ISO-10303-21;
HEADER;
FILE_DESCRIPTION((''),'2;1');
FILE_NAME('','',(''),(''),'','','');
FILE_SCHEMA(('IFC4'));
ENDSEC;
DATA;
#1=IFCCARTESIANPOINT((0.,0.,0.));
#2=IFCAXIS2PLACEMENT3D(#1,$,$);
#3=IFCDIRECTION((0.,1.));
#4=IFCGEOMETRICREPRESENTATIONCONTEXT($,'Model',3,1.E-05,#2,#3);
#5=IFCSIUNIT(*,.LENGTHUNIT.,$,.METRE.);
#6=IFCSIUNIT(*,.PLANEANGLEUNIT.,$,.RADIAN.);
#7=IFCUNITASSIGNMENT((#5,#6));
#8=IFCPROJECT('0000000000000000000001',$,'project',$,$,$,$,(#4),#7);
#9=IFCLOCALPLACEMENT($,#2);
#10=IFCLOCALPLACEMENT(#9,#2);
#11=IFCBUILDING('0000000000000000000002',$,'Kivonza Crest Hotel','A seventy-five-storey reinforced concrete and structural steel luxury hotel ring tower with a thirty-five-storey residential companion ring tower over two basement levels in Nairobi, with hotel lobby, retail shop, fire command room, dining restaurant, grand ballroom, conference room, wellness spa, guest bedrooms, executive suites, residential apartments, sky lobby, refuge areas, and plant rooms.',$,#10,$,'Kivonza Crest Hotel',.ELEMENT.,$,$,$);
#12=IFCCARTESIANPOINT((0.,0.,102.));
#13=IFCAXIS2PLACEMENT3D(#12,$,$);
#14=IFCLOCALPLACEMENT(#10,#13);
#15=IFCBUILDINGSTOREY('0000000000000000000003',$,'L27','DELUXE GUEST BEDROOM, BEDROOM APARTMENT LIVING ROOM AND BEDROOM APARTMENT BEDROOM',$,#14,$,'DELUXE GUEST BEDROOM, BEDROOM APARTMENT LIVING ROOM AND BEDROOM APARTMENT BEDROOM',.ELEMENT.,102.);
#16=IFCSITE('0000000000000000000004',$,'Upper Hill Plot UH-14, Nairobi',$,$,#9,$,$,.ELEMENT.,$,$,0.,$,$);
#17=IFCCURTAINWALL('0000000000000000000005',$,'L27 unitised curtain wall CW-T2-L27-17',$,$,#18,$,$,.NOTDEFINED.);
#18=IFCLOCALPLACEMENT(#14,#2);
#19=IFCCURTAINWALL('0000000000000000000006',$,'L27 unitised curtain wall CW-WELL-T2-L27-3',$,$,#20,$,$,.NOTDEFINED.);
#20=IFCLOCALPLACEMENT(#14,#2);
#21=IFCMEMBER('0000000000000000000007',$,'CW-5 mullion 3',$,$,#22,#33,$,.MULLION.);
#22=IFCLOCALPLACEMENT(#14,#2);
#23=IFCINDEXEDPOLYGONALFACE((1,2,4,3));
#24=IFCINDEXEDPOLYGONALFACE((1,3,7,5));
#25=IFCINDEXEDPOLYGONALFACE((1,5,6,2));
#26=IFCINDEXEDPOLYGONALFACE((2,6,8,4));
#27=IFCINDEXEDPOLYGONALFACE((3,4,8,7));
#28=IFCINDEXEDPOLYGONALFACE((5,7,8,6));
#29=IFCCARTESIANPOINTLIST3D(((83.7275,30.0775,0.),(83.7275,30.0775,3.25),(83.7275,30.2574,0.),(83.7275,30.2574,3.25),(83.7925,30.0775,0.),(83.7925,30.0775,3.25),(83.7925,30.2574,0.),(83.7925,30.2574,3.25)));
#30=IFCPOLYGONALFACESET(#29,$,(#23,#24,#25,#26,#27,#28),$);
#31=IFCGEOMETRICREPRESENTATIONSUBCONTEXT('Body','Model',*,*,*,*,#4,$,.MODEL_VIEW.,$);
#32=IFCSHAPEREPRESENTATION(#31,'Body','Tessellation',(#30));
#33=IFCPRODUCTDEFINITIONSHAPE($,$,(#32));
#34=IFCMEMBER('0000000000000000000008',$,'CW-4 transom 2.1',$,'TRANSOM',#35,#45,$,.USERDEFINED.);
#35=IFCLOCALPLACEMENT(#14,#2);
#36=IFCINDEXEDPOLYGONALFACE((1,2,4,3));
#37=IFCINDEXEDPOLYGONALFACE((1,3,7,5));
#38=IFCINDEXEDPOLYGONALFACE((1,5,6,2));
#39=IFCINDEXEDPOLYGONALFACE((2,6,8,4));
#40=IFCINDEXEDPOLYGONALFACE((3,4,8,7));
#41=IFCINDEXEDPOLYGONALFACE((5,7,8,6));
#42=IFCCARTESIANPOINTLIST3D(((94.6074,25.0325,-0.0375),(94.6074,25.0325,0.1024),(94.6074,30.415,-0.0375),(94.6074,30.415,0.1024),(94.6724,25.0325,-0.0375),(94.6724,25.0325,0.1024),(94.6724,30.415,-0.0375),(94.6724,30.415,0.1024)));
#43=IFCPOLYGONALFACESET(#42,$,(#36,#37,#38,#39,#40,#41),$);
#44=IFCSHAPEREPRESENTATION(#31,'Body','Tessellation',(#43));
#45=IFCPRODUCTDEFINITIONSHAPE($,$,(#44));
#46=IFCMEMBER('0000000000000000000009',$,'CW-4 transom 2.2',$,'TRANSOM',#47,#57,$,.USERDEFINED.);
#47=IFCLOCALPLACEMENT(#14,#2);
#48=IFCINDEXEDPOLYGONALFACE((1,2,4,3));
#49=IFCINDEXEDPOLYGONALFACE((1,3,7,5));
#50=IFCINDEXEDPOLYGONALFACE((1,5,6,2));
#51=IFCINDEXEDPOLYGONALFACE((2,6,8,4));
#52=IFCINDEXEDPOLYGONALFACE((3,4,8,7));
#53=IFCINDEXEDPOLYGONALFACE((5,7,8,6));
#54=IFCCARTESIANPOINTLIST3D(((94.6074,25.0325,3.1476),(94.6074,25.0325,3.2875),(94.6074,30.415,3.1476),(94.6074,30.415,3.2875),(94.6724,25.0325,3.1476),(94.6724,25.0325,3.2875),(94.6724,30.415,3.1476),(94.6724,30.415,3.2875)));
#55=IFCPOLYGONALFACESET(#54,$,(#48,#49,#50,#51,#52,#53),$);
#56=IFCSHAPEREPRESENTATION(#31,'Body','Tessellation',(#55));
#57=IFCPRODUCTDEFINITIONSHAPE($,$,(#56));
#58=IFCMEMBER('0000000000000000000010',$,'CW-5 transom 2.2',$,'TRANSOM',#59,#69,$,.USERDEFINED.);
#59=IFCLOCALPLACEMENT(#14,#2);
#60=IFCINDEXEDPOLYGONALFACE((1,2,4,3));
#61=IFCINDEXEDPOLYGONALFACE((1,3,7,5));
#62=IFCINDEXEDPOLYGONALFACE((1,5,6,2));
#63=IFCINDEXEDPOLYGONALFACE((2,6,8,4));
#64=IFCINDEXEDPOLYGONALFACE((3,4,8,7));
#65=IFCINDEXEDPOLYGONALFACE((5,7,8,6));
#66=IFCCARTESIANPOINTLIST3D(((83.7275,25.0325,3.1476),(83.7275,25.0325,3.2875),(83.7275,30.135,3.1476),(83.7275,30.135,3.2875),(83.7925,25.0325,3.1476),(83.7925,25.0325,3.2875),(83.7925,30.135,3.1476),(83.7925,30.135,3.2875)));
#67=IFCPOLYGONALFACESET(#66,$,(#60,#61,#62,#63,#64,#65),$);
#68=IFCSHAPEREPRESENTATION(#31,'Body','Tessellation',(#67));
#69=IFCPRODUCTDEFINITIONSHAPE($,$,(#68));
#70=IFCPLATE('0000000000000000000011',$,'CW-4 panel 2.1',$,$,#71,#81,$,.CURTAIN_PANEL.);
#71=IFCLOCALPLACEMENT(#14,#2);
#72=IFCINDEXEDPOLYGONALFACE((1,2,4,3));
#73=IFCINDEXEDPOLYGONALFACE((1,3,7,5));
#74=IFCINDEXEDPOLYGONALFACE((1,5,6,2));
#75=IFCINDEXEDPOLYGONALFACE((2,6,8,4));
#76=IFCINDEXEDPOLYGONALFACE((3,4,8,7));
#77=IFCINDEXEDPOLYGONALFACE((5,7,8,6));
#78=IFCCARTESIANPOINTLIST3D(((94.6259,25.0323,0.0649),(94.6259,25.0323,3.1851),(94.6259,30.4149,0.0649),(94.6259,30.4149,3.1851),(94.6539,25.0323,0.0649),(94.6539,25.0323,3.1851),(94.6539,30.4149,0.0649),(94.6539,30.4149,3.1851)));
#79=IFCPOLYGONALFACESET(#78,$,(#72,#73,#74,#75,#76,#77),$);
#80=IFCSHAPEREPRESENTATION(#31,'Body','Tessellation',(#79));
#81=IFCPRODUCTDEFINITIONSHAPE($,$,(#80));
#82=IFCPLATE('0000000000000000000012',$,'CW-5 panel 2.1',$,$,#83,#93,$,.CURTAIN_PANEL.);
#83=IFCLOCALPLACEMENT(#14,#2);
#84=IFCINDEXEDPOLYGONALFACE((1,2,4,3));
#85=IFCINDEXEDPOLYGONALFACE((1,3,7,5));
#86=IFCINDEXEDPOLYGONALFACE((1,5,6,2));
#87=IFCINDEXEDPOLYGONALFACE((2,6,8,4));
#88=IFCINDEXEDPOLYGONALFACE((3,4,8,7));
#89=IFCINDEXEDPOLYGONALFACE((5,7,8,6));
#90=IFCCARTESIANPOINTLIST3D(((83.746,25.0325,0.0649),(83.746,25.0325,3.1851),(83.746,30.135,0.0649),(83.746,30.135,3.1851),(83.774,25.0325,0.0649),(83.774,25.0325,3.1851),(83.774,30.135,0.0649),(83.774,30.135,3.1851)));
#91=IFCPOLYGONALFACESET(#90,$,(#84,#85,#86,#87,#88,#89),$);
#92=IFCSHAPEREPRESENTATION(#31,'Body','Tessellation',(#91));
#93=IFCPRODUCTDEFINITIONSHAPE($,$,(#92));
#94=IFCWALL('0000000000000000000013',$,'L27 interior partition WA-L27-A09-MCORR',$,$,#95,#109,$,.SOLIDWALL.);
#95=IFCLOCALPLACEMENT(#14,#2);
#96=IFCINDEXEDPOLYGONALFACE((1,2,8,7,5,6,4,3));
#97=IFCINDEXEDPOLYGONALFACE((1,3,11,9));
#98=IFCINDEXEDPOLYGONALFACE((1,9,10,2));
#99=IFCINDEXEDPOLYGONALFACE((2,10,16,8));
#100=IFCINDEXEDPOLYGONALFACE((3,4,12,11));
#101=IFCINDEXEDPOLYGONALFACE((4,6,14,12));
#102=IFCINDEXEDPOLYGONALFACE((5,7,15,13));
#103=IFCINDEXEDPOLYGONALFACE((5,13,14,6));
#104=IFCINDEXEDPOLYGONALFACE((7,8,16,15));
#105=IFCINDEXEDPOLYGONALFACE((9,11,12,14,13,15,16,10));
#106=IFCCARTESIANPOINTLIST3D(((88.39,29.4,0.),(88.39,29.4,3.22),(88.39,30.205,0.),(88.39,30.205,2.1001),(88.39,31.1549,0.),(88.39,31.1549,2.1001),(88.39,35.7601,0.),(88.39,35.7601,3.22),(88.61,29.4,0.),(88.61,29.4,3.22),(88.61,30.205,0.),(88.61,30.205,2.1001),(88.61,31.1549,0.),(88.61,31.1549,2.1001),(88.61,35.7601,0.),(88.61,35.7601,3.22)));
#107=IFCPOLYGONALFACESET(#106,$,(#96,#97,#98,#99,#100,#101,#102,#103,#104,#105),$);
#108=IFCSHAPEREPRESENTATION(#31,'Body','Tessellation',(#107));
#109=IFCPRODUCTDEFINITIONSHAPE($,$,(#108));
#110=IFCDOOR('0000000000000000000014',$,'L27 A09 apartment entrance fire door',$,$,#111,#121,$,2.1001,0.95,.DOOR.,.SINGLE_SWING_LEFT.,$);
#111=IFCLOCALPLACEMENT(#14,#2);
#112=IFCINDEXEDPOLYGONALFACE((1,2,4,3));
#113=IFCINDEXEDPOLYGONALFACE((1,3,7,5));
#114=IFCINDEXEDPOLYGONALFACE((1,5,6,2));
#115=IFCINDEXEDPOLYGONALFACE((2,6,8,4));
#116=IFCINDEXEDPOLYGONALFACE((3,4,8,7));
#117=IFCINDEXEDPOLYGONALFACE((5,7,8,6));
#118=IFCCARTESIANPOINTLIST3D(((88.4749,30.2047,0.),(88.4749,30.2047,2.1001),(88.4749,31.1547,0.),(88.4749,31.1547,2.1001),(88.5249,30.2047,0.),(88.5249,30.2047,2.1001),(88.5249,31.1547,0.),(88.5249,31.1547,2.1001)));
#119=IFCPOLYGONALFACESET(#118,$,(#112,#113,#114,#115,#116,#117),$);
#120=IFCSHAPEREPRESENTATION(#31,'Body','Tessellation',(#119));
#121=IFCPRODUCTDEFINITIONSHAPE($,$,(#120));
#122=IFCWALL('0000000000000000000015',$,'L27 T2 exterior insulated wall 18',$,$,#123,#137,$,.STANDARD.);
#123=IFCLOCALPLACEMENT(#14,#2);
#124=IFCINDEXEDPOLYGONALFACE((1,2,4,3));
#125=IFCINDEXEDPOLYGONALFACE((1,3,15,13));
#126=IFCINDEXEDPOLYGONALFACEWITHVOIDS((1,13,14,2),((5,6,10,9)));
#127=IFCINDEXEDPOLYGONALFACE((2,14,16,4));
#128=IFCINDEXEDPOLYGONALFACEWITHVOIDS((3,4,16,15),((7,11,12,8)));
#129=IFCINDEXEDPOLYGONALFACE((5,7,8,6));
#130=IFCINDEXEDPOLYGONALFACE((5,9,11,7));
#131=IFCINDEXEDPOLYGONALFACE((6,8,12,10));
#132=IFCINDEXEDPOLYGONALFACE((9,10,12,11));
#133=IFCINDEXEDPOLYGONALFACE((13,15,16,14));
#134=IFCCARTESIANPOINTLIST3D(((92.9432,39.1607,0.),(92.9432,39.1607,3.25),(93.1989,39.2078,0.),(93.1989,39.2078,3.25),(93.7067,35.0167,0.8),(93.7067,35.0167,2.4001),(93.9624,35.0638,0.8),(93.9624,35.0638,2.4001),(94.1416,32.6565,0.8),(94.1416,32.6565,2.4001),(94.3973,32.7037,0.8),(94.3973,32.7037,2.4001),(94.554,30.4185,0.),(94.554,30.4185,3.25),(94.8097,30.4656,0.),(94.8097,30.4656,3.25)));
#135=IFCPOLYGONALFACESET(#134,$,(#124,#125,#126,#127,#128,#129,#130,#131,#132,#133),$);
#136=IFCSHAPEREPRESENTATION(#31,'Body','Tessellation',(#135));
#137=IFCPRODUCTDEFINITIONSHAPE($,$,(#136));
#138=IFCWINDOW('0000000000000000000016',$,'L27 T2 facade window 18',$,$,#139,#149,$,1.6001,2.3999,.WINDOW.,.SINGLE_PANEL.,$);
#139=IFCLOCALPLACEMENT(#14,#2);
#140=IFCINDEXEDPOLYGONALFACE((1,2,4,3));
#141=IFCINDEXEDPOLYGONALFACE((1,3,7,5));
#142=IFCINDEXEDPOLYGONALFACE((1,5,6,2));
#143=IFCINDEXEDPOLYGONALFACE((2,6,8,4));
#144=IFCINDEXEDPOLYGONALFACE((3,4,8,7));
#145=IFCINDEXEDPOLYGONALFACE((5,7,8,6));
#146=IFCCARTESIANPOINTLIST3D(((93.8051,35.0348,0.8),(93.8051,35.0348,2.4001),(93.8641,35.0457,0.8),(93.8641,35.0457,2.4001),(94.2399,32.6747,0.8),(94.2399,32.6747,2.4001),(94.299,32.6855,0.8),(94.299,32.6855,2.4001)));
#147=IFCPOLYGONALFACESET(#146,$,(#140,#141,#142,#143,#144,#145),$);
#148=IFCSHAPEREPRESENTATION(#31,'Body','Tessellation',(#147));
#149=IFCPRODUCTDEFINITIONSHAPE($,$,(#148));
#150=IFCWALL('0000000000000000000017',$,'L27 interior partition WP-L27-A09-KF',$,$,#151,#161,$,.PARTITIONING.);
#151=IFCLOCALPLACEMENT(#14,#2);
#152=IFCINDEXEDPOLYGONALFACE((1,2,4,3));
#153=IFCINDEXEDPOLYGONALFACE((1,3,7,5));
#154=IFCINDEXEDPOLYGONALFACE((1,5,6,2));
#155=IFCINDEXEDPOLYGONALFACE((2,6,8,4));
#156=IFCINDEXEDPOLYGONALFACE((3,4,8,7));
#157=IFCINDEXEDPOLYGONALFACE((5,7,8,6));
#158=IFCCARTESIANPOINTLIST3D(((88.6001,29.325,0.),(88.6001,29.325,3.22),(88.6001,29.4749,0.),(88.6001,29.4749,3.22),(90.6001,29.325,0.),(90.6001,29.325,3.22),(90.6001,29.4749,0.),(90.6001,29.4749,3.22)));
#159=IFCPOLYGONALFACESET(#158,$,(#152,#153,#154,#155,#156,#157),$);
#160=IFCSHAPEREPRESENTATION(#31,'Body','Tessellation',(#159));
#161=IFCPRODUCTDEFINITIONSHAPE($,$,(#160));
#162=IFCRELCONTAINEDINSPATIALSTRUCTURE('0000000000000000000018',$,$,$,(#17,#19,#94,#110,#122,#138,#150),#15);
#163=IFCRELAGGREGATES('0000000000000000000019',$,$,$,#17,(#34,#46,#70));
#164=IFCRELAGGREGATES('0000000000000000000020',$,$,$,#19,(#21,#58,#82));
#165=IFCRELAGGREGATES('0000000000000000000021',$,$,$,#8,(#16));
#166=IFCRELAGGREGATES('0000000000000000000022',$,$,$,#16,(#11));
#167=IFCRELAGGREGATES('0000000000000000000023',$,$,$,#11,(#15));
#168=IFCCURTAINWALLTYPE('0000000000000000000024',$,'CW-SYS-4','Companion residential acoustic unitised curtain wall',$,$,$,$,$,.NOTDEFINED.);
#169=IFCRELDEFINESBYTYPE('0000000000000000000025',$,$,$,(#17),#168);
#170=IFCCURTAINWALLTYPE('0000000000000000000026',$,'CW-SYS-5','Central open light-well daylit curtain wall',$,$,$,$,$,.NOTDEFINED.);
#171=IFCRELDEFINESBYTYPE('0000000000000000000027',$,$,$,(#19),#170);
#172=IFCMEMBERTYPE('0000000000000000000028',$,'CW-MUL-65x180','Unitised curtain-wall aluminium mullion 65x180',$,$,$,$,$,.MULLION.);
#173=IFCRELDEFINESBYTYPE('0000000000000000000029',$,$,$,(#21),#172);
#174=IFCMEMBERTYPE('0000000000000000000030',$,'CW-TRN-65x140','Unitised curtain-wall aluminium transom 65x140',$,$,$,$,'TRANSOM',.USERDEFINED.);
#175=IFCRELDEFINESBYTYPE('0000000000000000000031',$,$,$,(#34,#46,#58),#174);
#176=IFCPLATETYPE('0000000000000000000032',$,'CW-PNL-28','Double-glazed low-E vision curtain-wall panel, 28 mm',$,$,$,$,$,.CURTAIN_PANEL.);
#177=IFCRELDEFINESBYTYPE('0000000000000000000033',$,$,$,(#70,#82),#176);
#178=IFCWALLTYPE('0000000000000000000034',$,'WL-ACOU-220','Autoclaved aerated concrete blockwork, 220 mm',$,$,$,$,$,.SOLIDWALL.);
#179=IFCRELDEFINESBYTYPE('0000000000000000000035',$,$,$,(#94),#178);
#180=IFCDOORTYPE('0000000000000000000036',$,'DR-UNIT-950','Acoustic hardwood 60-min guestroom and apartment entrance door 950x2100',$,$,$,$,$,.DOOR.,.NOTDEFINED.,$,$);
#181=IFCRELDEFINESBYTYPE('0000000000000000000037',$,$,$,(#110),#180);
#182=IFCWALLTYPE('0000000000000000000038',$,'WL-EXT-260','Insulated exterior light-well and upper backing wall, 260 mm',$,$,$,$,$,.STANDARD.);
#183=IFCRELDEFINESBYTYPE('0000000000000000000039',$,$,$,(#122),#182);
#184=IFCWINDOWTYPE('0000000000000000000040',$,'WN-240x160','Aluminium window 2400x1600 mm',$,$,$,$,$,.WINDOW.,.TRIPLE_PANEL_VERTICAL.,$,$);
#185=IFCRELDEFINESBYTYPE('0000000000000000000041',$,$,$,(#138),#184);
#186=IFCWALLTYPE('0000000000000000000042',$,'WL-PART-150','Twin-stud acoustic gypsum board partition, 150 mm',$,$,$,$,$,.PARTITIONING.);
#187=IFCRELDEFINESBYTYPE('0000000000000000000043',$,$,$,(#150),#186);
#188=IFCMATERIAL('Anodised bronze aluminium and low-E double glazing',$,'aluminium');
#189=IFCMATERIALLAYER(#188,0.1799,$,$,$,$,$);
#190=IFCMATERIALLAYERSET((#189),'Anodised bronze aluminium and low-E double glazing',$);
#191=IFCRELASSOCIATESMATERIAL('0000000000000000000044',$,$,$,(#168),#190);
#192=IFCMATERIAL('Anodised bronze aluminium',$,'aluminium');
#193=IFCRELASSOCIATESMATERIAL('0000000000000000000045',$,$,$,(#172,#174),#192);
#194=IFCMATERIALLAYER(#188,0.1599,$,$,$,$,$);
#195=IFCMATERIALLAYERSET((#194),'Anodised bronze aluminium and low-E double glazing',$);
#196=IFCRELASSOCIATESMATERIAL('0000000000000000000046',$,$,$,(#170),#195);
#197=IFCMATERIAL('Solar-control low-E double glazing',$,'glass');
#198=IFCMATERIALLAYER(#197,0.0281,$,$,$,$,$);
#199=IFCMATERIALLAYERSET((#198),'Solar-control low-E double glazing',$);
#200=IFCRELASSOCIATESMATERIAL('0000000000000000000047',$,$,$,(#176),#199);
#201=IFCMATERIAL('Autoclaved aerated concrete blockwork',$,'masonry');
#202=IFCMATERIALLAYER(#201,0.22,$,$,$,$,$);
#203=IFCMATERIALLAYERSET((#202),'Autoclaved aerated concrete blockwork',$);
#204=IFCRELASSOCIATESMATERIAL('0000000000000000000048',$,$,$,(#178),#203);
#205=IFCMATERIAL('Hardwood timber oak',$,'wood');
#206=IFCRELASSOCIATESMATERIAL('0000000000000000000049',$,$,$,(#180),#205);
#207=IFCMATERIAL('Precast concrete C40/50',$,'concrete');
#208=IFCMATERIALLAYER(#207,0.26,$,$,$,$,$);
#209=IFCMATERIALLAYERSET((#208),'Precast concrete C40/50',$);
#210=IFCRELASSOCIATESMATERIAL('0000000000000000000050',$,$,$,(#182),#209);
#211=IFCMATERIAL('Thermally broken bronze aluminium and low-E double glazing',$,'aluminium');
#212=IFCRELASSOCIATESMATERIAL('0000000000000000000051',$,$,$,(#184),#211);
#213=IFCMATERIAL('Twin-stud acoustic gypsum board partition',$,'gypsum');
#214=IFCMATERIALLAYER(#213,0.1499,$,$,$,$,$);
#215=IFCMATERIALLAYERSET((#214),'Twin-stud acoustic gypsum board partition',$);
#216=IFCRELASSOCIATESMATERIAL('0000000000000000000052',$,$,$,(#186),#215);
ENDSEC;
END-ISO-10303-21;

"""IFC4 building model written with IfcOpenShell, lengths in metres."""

from ifc_helpers import new_model, si_unit, direction, frame, frame_2d, origin, origin_2d, place, context, subcontext, project, spatial, rectangle, extrude, material, layer, layer_set, material_profile, profile_set, type_object, element, fill, aggregate, save


model = new_model("IFC4")

# Units and contexts
model_context = context("Model", 3, precision=1e-05, world=origin(), true_north=direction((0.0, 1.0)))
body_context = subcontext(model_context, "Body", "Model", "MODEL_VIEW")
ifc_project = project(units=[si_unit("LENGTHUNIT", "METRE"), si_unit("PLANEANGLEUNIT", "RADIAN")], contexts=[model_context])

# Site, building, storey
site_placement = place(None, origin())
site = spatial("IfcSite", under=ifc_project, at=site_placement, Name="Upper Hill Plot UH-14, Nairobi", CompositionType="ELEMENT", RefElevation=0.0)
building_placement = place(site_placement, origin())
building = spatial("IfcBuilding", under=site, at=building_placement, Name="Kivonza Crest Hotel", Description="A seventy-five-storey reinforced concrete and structural steel luxury hotel ring tower with a thirty-five-storey residential companion ring tower over two basement levels in Nairobi, with hotel lobby, retail shop, fire command room, dining restaurant, grand ballroom, conference room, wellness spa, guest bedrooms, executive suites, residential apartments, sky lobby, refuge areas, and plant rooms.", LongName="Kivonza Crest Hotel", CompositionType="ELEMENT")
storey_placement = place(building_placement, frame((0.0, 0.0, 102.0)))
storey = spatial("IfcBuildingStorey", under=building, at=storey_placement, Name="L27", Description="DELUXE GUEST BEDROOM, BEDROOM APARTMENT LIVING ROOM AND BEDROOM APARTMENT BEDROOM", LongName="DELUXE GUEST BEDROOM, BEDROOM APARTMENT LIVING ROOM AND BEDROOM APARTMENT BEDROOM", CompositionType="ELEMENT", Elevation=102.0)

# Curtain walls, member
ifc_material_1 = material(Name="Anodised bronze aluminium and low-E double glazing", Category="aluminium")
ifc_layer_1 = layer(ifc_material_1, 0.1799)
ifc_layer_set_1 = layer_set([ifc_layer_1], Name="Anodised bronze aluminium and low-E double glazing")
curtain_wall_type_1 = type_object("IfcCurtainWallType", Name="CW-SYS-4", Description="Companion residential acoustic unitised curtain wall", PredefinedType="NOTDEFINED", material=ifc_layer_set_1)
curtain_wall_1_placement = place(storey_placement, origin())
curtain_wall_1 = element("IfcCurtainWall", 1, at=curtain_wall_1_placement, inside=storey, type_object=curtain_wall_type_1, Name="L27 unitised curtain wall CW-T2-L27-17", PredefinedType="NOTDEFINED")
ifc_material_2 = material(Name="Anodised bronze aluminium", Category="aluminium")
ifc_material_profile_1 = material_profile(ifc_material_2, rectangle(XDim=0.0649, YDim=0.1799, at=origin_2d()), Name="CW-M 65x180")
ifc_profile_set_1 = profile_set([ifc_material_profile_1], Name="Anodised bronze aluminium")
member_type_1 = type_object("IfcMemberType", Name="CW-MUL-65x180", Description="Unitised curtain-wall aluminium mullion 65x180", PredefinedType="MULLION", material=ifc_profile_set_1)
ifc_layer_2 = layer(ifc_material_1, 0.1599)
ifc_layer_set_2 = layer_set([ifc_layer_2], Name="Anodised bronze aluminium and low-E double glazing")
curtain_wall_type_2 = type_object("IfcCurtainWallType", Name="CW-SYS-5", Description="Central open light-well daylit curtain wall", PredefinedType="NOTDEFINED", material=ifc_layer_set_2)
curtain_wall_2_placement = place(storey_placement, origin())
curtain_wall_2 = element("IfcCurtainWall", 2, at=curtain_wall_2_placement, inside=storey, type_object=curtain_wall_type_2, Name="L27 unitised curtain wall CW-WELL-T2-L27-3", PredefinedType="NOTDEFINED")
member_1_placement = place(storey_placement, frame((83.76, 30.1675, 0.0), z_axis=(0.0, 0.0, 1.0), x_axis=(-1.0, 0.0, 0.0)))
member_1 = element("IfcMember", 3, at=member_1_placement, type_object=member_type_1, Name="CW-5 mullion 3", PredefinedType="MULLION", context=body_context, shape_type="SweptSolid", body=[
    extrude(rectangle(XDim=0.0649, YDim=0.1799, at=origin_2d()), origin(), (0.0, 0.0, 1.0), 3.25),
])

# Members
ifc_material_profile_2 = material_profile(ifc_material_2, rectangle(XDim=0.0649, YDim=0.1399, at=origin_2d()), Name="CW-T 65x140")
ifc_profile_set_2 = profile_set([ifc_material_profile_2], Name="Anodised bronze aluminium")
member_type_2 = type_object("IfcMemberType", Name="CW-TRN-65x140", Description="Unitised curtain-wall aluminium transom 65x140", ElementType="TRANSOM", PredefinedType="USERDEFINED", material=ifc_profile_set_2)
member_2_placement = place(storey_placement, frame((94.6399, 25.0325, 0.0325), z_axis=(0.0, 1.0, 0.0), x_axis=(-1.0, 0.0, 0.0)))
member_2 = element("IfcMember", 4, at=member_2_placement, type_object=member_type_2, Name="CW-4 transom 2.1", ObjectType="TRANSOM", PredefinedType="USERDEFINED", context=body_context, shape_type="SweptSolid", body=[
    extrude(rectangle(XDim=0.0649, YDim=0.1399, at=origin_2d()), origin(), (0.0, 0.0, 1.0), 5.3826),
])
member_3_placement = place(storey_placement, frame((94.6399, 25.0325, 3.2175), z_axis=(0.0, 1.0, 0.0), x_axis=(-1.0, 0.0, 0.0)))
member_3 = element("IfcMember", 5, at=member_3_placement, type_object=member_type_2, Name="CW-4 transom 2.2", ObjectType="TRANSOM", PredefinedType="USERDEFINED", context=body_context, shape_type="SweptSolid", body=[
    extrude(rectangle(XDim=0.0649, YDim=0.1399, at=origin_2d()), origin(), (0.0, 0.0, 1.0), 5.3826),
])
member_4_placement = place(storey_placement, frame((83.76, 25.0325, 3.2175), z_axis=(0.0, 1.0, 0.0), x_axis=(-1.0, 0.0, 0.0)))
member_4 = element("IfcMember", 6, at=member_4_placement, type_object=member_type_2, Name="CW-5 transom 2.2", ObjectType="TRANSOM", PredefinedType="USERDEFINED", context=body_context, shape_type="SweptSolid", body=[
    extrude(rectangle(XDim=0.0649, YDim=0.1399, at=origin_2d()), origin(), (0.0, 0.0, 1.0), 5.1025),
])

# Plates
ifc_material_3 = material(Name="Solar-control low-E double glazing", Category="glass")
ifc_layer_3 = layer(ifc_material_3, 0.0281)
ifc_layer_set_3 = layer_set([ifc_layer_3], Name="Solar-control low-E double glazing")
plate_type = type_object("IfcPlateType", Name="CW-PNL-28", Description="Double-glazed low-E vision curtain-wall panel, 28 mm", PredefinedType="CURTAIN_PANEL", material=ifc_layer_set_3)
plate_1_placement = place(storey_placement, frame((94.6399, 27.7236, 0.0649), z_axis=(0.0, 0.0, 1.0), x_axis=(0.0, 1.0, 0.0)))
plate_1 = element("IfcPlate", 7, at=plate_1_placement, type_object=plate_type, Name="CW-4 panel 2.1", PredefinedType="CURTAIN_PANEL", context=body_context, shape_type="SweptSolid", body=[
    extrude(rectangle(XDim=5.3826, YDim=0.0281, at=origin_2d()), origin(), (0.0, 0.0, 1.0), 3.1201),
])
aggregate(curtain_wall_1, [member_2, member_3, plate_1])
plate_2_placement = place(storey_placement, frame((83.76, 27.5837, 0.0649), z_axis=(0.0, 0.0, 1.0), x_axis=(0.0, 1.0, 0.0)))
plate_2 = element("IfcPlate", 8, at=plate_2_placement, type_object=plate_type, Name="CW-5 panel 2.1", PredefinedType="CURTAIN_PANEL", context=body_context, shape_type="SweptSolid", body=[
    extrude(rectangle(XDim=5.1025, YDim=0.0281, at=origin_2d()), origin(), (0.0, 0.0, 1.0), 3.1201),
])
aggregate(curtain_wall_2, [member_1, member_4, plate_2])

# Wall, opening, door
ifc_material_4 = material(Name="Autoclaved aerated concrete blockwork", Category="masonry")
ifc_layer_4 = layer(ifc_material_4, 0.22)
ifc_layer_set_4 = layer_set([ifc_layer_4], Name="Autoclaved aerated concrete blockwork")
wall_type_1 = type_object("IfcWallType", Name="WL-ACOU-220", Description="Autoclaved aerated concrete blockwork, 220 mm", PredefinedType="SOLIDWALL", material=ifc_layer_set_4)
wall_1_placement = place(storey_placement, frame((88.5, 29.3999, 0.0), z_axis=(0.0, 0.0, 1.0), x_axis=(0.0, 1.0, 0.0)))
wall_1 = element("IfcWall", 9, at=wall_1_placement, inside=storey, type_object=wall_type_1, Name="L27 interior partition WA-L27-A09-MCORR", PredefinedType="SOLIDWALL", context=body_context, shape_type="SweptSolid", body=[
    extrude(rectangle(XDim=6.3601, YDim=0.22, at=frame_2d((3.1802, 0.0))), origin(), (0.0, 0.0, 1.0), 3.22),
])
opening_1_placement = place(wall_1_placement, frame((0.8049, 0.0, 0.0)))
opening_1 = element("IfcOpeningElement", 10, at=opening_1_placement, cuts=wall_1, PredefinedType="OPENING", context=body_context, shape_type="SweptSolid", body=[
    extrude(rectangle(XDim=0.95, YDim=2.1001, at=frame_2d((0.4751, 1.05))), frame((0.0, 0.1201, 0.0), z_axis=(0.0, -1.0, 0.0), x_axis=(1.0, 0.0, 0.0)), (0.0, 0.0, 1.0), 0.24),
])
ifc_material_5 = material(Name="Hardwood timber oak", Category="wood")
door_type_1 = type_object("IfcDoorType", Name="DR-UNIT-950", Description="Acoustic hardwood 60-min guestroom and apartment entrance door 950x2100", OperationType="NOTDEFINED", PredefinedType="DOOR", material=ifc_material_5)
door_1_placement = place(opening_1_placement, frame((0.95, 0.0, 0.0), z_axis=(0.0, 0.0, 1.0), x_axis=(-1.0, 0.0, 0.0)))
door_1 = element("IfcDoor", 11, at=door_1_placement, inside=storey, type_object=door_type_1, Name="L27 A09 apartment entrance fire door", OperationType="SINGLE_SWING_LEFT", OverallHeight=2.1001, OverallWidth=0.95, PredefinedType="DOOR", context=body_context, shape_type="SweptSolid", body=[
    extrude(rectangle(XDim=0.95, YDim=2.1001, at=frame_2d((0.4751, 1.05))), frame((0.0, 0.0249, 0.0), z_axis=(0.0, -1.0, 0.0), x_axis=(1.0, 0.0, 0.0)), (0.0, 0.0, 1.0), 0.05),
])
fill(opening_1, door_1)

# Wall, opening, window
ifc_material_6 = material(Name="Precast concrete C40/50", Category="concrete")
ifc_layer_5 = layer(ifc_material_6, 0.26)
ifc_layer_set_5 = layer_set([ifc_layer_5], Name="Precast concrete C40/50")
wall_type_2 = type_object("IfcWallType", Name="WL-EXT-260", Description="Insulated exterior light-well and upper backing wall, 260 mm", PredefinedType="STANDARD", material=ifc_layer_set_5)
wall_2_placement = place(storey_placement, frame((94.6819, 30.4419, 0.0), z_axis=(0.0, 0.0, 1.0), x_axis=(-0.18121, 0.983444, 0.0)))
wall_2 = element("IfcWall", 12, at=wall_2_placement, inside=storey, type_object=wall_type_2, Name="L27 T2 exterior insulated wall 18", PredefinedType="STANDARD", context=body_context, shape_type="SweptSolid", body=[
    extrude(rectangle(XDim=8.8894, YDim=0.26, at=frame_2d((4.4448, 0.0))), origin(), (0.0, 0.0, 1.0), 3.25),
])
opening_2_placement = place(wall_2_placement, frame((2.2759, 0.0, 0.8)))
opening_2 = element("IfcOpeningElement", 13, at=opening_2_placement, cuts=wall_2, PredefinedType="OPENING", context=body_context, shape_type="SweptSolid", body=[
    extrude(rectangle(XDim=2.3999, YDim=1.6001, at=frame_2d((1.2, 0.8))), frame((0.0, 0.1401, 0.0), z_axis=(0.0, -1.0, 0.0), x_axis=(1.0, 0.0, 0.0)), (0.0, 0.0, 1.0), 0.28),
])
ifc_material_7 = material(Name="Thermally broken bronze aluminium and low-E double glazing", Category="aluminium")
window_type = type_object("IfcWindowType", Name="WN-240x160", Description="Aluminium window 2400x1600 mm", PartitioningType="TRIPLE_PANEL_VERTICAL", PredefinedType="WINDOW", material=ifc_material_7)
window_placement = place(opening_2_placement, origin())
window = element("IfcWindow", 14, at=window_placement, inside=storey, type_object=window_type, Name="L27 T2 facade window 18", OverallHeight=1.6001, OverallWidth=2.3999, PartitioningType="SINGLE_PANEL", PredefinedType="WINDOW", context=body_context, shape_type="SweptSolid", body=[
    extrude(rectangle(XDim=2.3999, YDim=1.6001, at=frame_2d((1.2, 0.8))), frame((0.0, 0.03, 0.0), z_axis=(0.0, -1.0, 0.0), x_axis=(1.0, 0.0, 0.0)), (0.0, 0.0, 1.0), 0.0601),
])
fill(opening_2, window)

# Wall
ifc_material_8 = material(Name="Twin-stud acoustic gypsum board partition", Category="gypsum")
ifc_layer_6 = layer(ifc_material_8, 0.1499)
ifc_layer_set_6 = layer_set([ifc_layer_6], Name="Twin-stud acoustic gypsum board partition")
wall_type_3 = type_object("IfcWallType", Name="WL-PART-150", Description="Twin-stud acoustic gypsum board partition, 150 mm", PredefinedType="PARTITIONING", material=ifc_layer_set_6)
wall_3_placement = place(storey_placement, frame((88.6001, 29.3999, 0.0), z_axis=(0.0, 0.0, 1.0), x_axis=(1.0, 0.0, 0.0)))
element("IfcWall", 15, at=wall_3_placement, inside=storey, type_object=wall_type_3, Name="L27 interior partition WP-L27-A09-KF", PredefinedType="PARTITIONING", context=body_context, shape_type="SweptSolid", body=[
    extrude(rectangle(XDim=2.0, YDim=0.1499, at=frame_2d((1.0, 0.0))), origin(), (0.0, 0.0, 1.0), 3.22),
])

save(model, "model.ifc")
